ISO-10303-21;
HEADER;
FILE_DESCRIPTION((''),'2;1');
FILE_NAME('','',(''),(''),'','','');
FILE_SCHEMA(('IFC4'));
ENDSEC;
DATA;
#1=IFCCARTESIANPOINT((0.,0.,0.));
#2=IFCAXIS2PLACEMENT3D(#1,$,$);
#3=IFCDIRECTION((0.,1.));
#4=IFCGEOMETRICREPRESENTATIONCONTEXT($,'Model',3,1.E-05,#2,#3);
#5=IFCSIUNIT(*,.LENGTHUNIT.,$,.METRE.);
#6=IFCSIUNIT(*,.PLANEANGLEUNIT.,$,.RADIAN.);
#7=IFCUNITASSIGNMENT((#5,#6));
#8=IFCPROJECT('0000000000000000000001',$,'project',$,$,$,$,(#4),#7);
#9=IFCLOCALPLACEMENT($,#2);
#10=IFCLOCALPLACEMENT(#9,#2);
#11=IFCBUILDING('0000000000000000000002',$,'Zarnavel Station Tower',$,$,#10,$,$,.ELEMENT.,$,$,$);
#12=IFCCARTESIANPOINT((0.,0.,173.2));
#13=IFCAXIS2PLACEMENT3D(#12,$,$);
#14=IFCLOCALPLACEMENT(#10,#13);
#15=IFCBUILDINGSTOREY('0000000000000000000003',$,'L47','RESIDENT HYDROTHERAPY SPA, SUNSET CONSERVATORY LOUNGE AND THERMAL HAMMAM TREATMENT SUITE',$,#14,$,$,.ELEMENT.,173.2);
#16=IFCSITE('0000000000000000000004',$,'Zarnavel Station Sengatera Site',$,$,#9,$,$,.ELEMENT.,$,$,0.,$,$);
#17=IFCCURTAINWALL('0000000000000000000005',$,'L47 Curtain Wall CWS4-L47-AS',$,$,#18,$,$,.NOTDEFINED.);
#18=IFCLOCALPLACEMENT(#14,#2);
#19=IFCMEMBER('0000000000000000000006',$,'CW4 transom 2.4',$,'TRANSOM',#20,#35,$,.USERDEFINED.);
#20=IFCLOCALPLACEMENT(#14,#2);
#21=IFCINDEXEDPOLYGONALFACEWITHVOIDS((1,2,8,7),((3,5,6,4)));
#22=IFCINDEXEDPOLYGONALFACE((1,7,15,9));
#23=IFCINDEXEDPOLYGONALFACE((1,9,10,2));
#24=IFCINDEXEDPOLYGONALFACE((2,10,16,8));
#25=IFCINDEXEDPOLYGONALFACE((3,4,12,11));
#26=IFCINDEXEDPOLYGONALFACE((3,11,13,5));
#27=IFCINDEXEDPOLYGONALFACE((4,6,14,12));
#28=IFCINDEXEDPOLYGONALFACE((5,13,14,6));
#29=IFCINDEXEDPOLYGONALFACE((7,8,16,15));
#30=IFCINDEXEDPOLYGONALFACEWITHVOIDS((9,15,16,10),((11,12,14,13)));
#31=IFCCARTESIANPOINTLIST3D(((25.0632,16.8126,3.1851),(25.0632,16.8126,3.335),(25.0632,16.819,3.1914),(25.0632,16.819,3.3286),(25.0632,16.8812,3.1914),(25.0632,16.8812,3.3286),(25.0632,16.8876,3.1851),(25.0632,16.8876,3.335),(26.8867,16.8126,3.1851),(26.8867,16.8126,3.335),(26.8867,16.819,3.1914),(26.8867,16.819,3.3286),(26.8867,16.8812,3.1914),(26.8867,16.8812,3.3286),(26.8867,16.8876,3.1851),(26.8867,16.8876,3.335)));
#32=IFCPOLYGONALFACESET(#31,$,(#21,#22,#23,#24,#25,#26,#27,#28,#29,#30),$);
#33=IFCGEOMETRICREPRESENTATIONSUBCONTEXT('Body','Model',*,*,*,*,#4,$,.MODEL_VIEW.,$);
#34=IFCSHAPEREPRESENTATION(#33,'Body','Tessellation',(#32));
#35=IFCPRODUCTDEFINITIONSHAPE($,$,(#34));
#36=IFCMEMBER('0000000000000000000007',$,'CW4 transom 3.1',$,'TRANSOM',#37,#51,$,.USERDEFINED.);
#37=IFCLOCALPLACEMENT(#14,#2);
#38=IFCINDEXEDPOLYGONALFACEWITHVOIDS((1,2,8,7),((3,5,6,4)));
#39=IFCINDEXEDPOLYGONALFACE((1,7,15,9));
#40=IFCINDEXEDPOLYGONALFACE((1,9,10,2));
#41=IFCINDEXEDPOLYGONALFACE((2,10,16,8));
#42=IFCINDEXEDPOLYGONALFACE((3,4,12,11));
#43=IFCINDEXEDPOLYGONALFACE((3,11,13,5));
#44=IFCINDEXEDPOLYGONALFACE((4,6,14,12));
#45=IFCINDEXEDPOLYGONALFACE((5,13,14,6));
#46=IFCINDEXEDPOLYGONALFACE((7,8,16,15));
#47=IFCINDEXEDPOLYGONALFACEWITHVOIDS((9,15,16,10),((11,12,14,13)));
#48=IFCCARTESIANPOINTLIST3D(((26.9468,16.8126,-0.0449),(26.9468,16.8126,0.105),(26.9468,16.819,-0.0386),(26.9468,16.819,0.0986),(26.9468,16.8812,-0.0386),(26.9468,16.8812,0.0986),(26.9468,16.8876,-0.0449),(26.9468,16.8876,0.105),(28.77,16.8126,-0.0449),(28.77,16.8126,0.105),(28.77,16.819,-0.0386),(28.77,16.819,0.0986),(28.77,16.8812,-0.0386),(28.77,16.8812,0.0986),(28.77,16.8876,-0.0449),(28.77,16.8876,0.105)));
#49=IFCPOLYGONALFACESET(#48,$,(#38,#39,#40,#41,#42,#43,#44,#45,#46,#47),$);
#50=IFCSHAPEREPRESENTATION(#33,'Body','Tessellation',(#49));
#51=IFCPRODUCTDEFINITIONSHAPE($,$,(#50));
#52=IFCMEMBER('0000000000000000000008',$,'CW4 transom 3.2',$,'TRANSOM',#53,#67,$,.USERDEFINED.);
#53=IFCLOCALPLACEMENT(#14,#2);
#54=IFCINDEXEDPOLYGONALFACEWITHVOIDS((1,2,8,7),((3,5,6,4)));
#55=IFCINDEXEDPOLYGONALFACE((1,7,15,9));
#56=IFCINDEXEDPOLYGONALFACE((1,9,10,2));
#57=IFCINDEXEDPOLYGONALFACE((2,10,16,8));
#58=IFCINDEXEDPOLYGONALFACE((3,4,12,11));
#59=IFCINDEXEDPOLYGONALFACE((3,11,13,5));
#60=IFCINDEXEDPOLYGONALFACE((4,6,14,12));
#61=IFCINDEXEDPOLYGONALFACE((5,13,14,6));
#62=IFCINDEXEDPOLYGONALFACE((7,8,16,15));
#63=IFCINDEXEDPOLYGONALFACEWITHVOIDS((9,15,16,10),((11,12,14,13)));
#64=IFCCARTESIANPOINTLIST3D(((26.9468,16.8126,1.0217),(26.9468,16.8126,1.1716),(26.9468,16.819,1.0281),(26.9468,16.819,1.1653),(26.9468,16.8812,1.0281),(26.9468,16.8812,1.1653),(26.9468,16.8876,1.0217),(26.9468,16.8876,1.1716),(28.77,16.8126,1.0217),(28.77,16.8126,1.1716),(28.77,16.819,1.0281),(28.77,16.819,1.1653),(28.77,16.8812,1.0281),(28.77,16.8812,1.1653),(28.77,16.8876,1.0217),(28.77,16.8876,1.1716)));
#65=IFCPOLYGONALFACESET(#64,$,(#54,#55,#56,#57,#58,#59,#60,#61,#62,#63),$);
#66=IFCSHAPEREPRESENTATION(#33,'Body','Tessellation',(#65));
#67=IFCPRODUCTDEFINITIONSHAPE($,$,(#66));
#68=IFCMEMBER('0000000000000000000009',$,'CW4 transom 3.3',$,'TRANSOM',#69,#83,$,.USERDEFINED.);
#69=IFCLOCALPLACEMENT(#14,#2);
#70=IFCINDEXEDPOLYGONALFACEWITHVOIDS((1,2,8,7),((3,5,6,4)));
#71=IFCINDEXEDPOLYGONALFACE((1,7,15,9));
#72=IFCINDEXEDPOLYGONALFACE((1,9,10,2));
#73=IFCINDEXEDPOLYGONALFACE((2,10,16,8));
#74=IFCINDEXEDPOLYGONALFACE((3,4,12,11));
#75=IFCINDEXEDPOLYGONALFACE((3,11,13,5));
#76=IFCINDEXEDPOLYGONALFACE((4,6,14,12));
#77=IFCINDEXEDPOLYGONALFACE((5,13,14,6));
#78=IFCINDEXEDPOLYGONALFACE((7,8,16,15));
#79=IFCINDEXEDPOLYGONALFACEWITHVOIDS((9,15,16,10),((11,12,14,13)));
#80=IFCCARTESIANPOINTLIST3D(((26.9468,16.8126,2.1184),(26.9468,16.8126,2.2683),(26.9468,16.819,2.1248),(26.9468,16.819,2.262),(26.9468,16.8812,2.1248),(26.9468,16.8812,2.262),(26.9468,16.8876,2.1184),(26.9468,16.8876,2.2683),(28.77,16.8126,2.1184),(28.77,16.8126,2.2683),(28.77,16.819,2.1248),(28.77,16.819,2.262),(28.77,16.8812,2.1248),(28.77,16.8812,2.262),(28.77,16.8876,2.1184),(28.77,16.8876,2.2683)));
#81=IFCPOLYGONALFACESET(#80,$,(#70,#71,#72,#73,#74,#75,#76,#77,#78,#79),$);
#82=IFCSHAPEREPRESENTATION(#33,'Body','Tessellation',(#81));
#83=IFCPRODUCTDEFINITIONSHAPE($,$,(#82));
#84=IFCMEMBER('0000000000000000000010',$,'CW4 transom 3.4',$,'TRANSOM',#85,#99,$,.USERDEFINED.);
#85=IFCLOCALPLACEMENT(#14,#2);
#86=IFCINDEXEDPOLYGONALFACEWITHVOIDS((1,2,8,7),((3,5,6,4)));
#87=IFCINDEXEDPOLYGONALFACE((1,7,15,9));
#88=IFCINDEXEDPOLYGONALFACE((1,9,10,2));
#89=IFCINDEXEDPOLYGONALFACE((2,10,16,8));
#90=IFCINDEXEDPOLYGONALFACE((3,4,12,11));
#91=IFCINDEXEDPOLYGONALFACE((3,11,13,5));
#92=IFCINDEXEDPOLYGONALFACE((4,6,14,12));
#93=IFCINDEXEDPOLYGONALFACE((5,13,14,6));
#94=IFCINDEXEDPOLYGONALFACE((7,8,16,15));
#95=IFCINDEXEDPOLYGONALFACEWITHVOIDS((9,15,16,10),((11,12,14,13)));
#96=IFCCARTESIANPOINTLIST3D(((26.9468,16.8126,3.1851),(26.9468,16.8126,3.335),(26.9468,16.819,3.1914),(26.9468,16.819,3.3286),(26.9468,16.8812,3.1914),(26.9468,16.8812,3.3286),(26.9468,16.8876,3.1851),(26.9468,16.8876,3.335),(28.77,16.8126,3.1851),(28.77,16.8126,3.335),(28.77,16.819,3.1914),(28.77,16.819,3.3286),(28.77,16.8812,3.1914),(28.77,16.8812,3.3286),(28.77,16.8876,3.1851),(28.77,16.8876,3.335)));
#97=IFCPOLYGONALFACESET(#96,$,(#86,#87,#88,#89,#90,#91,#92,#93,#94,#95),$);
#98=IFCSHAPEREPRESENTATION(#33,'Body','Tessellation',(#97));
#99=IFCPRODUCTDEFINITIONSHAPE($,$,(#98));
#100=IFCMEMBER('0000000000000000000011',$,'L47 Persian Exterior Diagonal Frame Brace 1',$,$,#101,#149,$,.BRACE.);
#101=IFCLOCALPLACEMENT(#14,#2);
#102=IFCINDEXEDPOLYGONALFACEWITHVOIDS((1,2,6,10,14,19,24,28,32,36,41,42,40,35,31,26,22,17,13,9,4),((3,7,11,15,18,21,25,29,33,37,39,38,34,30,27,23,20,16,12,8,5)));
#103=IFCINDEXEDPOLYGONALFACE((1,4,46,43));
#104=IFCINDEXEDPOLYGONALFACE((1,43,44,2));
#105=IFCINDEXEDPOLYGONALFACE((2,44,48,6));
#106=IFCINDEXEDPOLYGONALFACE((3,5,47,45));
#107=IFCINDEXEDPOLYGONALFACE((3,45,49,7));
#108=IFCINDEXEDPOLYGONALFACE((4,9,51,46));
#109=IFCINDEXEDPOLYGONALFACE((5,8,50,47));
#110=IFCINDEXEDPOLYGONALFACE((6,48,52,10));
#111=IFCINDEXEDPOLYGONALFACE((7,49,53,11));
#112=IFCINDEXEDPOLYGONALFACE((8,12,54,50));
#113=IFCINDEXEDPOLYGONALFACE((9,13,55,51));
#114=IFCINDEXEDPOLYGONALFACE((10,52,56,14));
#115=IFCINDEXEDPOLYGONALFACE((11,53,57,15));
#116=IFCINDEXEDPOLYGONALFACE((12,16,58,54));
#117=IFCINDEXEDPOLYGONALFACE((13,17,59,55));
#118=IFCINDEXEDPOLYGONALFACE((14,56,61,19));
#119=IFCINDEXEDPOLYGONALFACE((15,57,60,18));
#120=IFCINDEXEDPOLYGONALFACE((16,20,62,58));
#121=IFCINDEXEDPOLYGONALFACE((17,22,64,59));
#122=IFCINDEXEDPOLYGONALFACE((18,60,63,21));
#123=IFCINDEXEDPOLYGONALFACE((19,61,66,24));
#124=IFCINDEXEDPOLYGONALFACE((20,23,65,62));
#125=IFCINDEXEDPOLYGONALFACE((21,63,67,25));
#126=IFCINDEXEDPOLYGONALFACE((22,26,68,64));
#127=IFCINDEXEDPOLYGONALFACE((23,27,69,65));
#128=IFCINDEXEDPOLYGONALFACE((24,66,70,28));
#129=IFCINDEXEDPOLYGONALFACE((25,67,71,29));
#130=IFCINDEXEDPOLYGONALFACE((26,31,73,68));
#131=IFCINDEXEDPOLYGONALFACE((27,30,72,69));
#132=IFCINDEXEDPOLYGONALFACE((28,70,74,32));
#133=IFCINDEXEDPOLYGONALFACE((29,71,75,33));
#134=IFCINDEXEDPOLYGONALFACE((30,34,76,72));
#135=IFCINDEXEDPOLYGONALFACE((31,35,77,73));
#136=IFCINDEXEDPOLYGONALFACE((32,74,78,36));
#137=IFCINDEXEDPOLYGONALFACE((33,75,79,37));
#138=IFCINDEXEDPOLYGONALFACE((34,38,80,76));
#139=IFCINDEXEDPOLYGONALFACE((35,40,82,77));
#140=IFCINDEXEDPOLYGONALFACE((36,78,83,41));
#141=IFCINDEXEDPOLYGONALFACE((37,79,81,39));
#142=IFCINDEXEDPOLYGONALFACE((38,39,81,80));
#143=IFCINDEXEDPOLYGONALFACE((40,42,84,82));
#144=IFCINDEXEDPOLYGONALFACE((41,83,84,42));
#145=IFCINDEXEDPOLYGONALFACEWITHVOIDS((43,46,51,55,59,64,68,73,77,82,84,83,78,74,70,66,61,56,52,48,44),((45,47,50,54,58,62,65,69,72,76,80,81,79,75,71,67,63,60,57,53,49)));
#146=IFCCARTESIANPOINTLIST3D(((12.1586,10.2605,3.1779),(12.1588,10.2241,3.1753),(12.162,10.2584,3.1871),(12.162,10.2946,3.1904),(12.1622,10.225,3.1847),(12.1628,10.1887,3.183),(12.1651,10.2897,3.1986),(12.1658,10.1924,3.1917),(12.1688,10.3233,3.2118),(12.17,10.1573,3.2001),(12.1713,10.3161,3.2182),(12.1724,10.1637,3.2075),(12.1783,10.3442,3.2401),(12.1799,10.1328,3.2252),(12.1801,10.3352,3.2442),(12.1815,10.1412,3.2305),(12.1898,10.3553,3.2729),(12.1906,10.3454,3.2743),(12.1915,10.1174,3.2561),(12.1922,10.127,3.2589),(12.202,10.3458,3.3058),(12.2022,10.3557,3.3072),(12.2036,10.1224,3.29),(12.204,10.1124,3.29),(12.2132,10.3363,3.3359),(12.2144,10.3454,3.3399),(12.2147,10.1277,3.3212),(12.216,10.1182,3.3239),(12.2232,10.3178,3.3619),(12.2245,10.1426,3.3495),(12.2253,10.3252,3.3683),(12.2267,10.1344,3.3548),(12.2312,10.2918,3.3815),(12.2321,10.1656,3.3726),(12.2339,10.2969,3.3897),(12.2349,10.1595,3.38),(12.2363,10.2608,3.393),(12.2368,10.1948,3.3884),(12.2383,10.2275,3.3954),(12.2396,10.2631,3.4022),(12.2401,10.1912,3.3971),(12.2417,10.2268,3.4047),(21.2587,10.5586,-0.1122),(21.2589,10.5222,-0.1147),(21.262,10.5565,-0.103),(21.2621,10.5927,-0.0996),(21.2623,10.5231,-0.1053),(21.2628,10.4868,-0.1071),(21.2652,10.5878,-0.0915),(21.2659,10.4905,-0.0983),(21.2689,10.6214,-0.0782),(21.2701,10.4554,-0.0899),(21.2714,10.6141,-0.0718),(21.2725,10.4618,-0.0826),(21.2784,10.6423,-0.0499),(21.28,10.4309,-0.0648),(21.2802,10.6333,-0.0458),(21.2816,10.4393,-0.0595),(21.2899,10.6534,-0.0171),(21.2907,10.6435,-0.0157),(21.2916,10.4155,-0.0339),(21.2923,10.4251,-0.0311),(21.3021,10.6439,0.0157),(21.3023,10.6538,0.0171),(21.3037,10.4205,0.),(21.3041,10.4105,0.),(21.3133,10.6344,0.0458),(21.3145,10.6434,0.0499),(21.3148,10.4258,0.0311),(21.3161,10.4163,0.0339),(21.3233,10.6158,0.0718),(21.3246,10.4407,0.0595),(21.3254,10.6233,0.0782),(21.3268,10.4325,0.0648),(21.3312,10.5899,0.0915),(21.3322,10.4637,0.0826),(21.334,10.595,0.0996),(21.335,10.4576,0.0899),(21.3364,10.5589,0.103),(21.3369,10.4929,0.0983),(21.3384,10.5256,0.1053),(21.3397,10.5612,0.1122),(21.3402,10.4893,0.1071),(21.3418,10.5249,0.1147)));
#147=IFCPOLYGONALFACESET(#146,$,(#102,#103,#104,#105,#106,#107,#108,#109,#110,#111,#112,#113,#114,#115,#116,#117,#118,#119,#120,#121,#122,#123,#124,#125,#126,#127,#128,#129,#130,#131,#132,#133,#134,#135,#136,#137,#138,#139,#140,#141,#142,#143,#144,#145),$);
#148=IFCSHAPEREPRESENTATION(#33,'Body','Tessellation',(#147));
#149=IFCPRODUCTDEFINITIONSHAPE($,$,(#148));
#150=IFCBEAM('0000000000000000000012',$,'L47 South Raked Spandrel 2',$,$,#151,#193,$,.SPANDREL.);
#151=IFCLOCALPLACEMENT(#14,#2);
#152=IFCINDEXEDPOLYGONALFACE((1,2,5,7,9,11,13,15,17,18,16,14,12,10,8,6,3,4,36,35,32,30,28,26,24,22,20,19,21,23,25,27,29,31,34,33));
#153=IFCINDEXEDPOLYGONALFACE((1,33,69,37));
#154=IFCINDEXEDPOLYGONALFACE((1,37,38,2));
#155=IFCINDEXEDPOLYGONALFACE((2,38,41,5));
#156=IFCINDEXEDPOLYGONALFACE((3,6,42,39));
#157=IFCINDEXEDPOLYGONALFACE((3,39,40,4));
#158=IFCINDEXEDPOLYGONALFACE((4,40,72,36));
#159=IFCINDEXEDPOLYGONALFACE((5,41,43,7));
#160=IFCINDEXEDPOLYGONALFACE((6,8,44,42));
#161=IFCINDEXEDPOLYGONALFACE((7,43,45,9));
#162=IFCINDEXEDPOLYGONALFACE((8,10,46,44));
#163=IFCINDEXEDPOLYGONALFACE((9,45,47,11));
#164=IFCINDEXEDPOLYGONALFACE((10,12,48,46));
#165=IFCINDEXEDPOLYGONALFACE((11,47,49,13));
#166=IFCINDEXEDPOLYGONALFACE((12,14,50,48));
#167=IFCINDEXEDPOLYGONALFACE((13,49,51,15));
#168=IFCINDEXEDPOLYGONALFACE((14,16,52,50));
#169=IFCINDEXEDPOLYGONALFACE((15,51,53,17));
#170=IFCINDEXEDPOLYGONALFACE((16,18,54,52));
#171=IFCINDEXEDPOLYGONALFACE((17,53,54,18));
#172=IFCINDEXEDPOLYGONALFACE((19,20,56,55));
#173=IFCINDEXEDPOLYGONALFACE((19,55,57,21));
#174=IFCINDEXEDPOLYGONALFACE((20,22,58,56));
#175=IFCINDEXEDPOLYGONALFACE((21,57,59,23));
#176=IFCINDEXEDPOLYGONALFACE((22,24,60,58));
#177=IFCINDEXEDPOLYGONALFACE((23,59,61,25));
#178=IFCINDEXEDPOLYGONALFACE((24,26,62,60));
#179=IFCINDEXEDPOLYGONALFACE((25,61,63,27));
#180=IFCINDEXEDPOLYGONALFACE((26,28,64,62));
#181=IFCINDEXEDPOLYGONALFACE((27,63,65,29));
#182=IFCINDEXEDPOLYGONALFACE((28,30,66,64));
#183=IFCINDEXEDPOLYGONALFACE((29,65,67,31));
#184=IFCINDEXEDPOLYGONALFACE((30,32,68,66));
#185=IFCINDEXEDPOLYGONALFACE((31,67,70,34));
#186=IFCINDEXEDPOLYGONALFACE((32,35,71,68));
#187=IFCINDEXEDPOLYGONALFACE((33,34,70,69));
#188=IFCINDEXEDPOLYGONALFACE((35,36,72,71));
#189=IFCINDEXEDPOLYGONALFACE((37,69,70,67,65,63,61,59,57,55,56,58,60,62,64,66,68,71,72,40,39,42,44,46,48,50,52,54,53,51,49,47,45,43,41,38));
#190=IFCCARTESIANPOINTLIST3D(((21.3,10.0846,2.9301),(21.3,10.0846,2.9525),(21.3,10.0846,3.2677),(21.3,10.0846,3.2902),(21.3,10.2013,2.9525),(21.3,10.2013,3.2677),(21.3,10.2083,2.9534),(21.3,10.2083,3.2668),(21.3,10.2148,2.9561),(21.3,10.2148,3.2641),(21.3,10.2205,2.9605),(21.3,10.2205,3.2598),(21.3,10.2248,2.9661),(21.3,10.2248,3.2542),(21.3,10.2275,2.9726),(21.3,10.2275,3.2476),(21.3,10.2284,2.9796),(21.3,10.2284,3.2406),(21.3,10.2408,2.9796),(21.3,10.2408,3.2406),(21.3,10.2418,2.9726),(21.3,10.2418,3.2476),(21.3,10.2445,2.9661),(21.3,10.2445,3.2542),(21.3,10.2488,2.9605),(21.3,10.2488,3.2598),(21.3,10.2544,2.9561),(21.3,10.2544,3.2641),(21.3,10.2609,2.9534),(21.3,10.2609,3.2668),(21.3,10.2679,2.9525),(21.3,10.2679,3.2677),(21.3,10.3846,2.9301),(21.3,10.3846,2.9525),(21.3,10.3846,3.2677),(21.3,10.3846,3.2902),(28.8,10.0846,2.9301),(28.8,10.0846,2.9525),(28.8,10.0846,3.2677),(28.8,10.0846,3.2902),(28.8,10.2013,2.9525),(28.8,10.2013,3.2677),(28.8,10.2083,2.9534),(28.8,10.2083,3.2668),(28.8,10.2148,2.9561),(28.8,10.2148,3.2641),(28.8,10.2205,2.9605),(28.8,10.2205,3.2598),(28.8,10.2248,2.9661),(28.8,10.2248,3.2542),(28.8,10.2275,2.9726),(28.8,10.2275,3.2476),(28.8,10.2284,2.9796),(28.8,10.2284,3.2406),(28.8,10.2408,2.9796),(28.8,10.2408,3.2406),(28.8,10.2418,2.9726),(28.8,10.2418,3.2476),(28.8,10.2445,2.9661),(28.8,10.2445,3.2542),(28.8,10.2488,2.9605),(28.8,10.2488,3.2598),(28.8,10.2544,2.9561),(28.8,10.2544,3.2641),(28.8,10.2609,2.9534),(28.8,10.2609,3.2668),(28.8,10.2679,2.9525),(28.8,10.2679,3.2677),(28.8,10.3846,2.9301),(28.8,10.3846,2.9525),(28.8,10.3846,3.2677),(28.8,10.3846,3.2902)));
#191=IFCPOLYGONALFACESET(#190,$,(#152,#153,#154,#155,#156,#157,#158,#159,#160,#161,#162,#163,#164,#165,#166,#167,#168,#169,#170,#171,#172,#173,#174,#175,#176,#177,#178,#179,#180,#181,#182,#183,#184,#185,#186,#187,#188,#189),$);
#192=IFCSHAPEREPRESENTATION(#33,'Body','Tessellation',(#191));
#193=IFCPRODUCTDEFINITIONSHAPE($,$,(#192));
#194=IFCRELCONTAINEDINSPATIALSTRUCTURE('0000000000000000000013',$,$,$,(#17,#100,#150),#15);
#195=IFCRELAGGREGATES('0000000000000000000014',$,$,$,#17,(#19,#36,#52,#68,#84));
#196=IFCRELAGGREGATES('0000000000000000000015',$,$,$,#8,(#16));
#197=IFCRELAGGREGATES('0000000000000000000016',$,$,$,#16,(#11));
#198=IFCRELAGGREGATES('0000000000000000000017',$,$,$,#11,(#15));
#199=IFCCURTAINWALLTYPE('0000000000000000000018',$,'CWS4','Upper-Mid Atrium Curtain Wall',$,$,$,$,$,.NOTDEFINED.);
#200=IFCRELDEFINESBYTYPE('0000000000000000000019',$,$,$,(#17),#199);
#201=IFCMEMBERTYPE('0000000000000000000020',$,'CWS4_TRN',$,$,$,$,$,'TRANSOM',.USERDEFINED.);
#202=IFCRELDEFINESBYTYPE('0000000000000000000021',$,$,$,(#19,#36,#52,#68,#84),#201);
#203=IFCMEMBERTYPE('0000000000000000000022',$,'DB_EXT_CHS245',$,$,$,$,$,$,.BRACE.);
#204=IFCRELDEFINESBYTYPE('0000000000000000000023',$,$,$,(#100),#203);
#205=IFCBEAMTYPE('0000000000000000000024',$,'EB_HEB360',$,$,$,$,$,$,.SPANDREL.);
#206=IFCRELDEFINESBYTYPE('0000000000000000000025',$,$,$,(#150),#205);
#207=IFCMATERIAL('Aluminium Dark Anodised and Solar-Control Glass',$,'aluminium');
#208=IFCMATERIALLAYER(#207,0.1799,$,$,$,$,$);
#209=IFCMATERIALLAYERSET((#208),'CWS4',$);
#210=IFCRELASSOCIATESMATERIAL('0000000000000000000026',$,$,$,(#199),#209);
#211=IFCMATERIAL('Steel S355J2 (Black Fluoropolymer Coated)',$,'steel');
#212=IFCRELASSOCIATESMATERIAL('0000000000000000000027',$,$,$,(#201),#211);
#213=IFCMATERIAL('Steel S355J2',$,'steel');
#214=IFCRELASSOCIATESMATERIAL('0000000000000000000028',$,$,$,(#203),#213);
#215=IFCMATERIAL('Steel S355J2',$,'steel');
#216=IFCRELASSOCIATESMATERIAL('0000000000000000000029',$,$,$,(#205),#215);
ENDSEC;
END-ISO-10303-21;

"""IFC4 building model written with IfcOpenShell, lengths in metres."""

from ifc_helpers import new_model, si_unit, direction, frame, origin, origin_2d, place, context, subcontext, project, spatial, hollow_rectangle, hollow_circle, i_section, extrude, material, layer, layer_set, material_profile, profile_set, type_object, element, aggregate, save


model = new_model("IFC4")

# Units and contexts
model_context = context("Model", 3, precision=1e-05, world=origin(), true_north=direction((0.0, 1.0)))
body_context = subcontext(model_context, "Body", "Model", "MODEL_VIEW")
ifc_project = project(units=[si_unit("LENGTHUNIT", "METRE"), si_unit("PLANEANGLEUNIT", "RADIAN")], contexts=[model_context])

# Site, building, storey
site_placement = place(None, origin())
site = spatial("IfcSite", under=ifc_project, at=site_placement, Name="Zarnavel Station Sengatera Site", CompositionType="ELEMENT", RefElevation=0.0)
building_placement = place(site_placement, origin())
building = spatial("IfcBuilding", under=site, at=building_placement, Name="Zarnavel Station Tower", CompositionType="ELEMENT")
storey_placement = place(building_placement, frame((0.0, 0.0, 173.2)))
storey = spatial("IfcBuildingStorey", under=building, at=storey_placement, Name="L47", Description="RESIDENT HYDROTHERAPY SPA, SUNSET CONSERVATORY LOUNGE AND THERMAL HAMMAM TREATMENT SUITE", CompositionType="ELEMENT", Elevation=173.2)

# Curtain wall, members
ifc_material_1 = material(Name="Aluminium Dark Anodised and Solar-Control Glass", Category="aluminium")
ifc_layer_1 = layer(ifc_material_1, 0.1799)
ifc_layer_set_1 = layer_set([ifc_layer_1], Name="CWS4")
curtain_wall_type = type_object("IfcCurtainWallType", Name="CWS4", Description="Upper-Mid Atrium Curtain Wall", PredefinedType="NOTDEFINED", material=ifc_layer_set_1)
curtain_wall_placement = place(storey_placement, origin())
curtain_wall = element("IfcCurtainWall", 1, at=curtain_wall_placement, inside=storey, type_object=curtain_wall_type, Name="L47 Curtain Wall CWS4-L47-AS", PredefinedType="NOTDEFINED")
ifc_material_2 = material(Name="Steel S355J2 (Black Fluoropolymer Coated)", Category="steel")
ifc_material_profile_1 = material_profile(ifc_material_2, hollow_rectangle(XDim=0.075, YDim=0.1499, WallThickness=0.0063, at=origin_2d()), Name="RHS150x75x6.3")
ifc_profile_set_1 = profile_set([ifc_material_profile_1], Name="Steel S355J2 (Black Fluoropolymer Coated)")
member_type_1 = type_object("IfcMemberType", Name="CWS4_TRN", ElementType="TRANSOM", PredefinedType="USERDEFINED", material=ifc_profile_set_1)
member_1_placement = place(storey_placement, frame((25.0632, 16.8501, 3.26), z_axis=(1.0, 0.0, 0.0), x_axis=(0.0, 1.0, 0.0)))
member_1 = element("IfcMember", 2, at=member_1_placement, type_object=member_type_1, Name="CW4 transom 2.4", ObjectType="TRANSOM", PredefinedType="USERDEFINED", context=body_context, shape_type="SweptSolid", body=[
    extrude(hollow_rectangle(XDim=0.075, YDim=0.1499, WallThickness=0.0063, at=origin_2d()), origin(), (0.0, 0.0, 1.0), 1.8235),
])
member_2_placement = place(storey_placement, frame((26.9468, 16.8501, 0.03), z_axis=(1.0, 0.0, 0.0), x_axis=(0.0, 1.0, 0.0)))
member_2 = element("IfcMember", 3, at=member_2_placement, type_object=member_type_1, Name="CW4 transom 3.1", ObjectType="TRANSOM", PredefinedType="USERDEFINED", context=body_context, shape_type="SweptSolid", body=[
    extrude(hollow_rectangle(XDim=0.075, YDim=0.1499, WallThickness=0.0063, at=origin_2d()), origin(), (0.0, 0.0, 1.0), 1.8232),
])
member_3_placement = place(storey_placement, frame((26.9468, 16.8501, 1.0967), z_axis=(1.0, 0.0, 0.0), x_axis=(0.0, 1.0, 0.0)))
member_3 = element("IfcMember", 4, at=member_3_placement, type_object=member_type_1, Name="CW4 transom 3.2", ObjectType="TRANSOM", PredefinedType="USERDEFINED", context=body_context, shape_type="SweptSolid", body=[
    extrude(hollow_rectangle(XDim=0.075, YDim=0.1499, WallThickness=0.0063, at=origin_2d()), origin(), (0.0, 0.0, 1.0), 1.8232),
])
member_4_placement = place(storey_placement, frame((26.9468, 16.8501, 2.1934), z_axis=(1.0, 0.0, 0.0), x_axis=(0.0, 1.0, 0.0)))
member_4 = element("IfcMember", 5, at=member_4_placement, type_object=member_type_1, Name="CW4 transom 3.3", ObjectType="TRANSOM", PredefinedType="USERDEFINED", context=body_context, shape_type="SweptSolid", body=[
    extrude(hollow_rectangle(XDim=0.075, YDim=0.1499, WallThickness=0.0063, at=origin_2d()), origin(), (0.0, 0.0, 1.0), 1.8232),
])
member_5_placement = place(storey_placement, frame((26.9468, 16.8501, 3.26), z_axis=(1.0, 0.0, 0.0), x_axis=(0.0, 1.0, 0.0)))
member_5 = element("IfcMember", 6, at=member_5_placement, type_object=member_type_1, Name="CW4 transom 3.4", ObjectType="TRANSOM", PredefinedType="USERDEFINED", context=body_context, shape_type="SweptSolid", body=[
    extrude(hollow_rectangle(XDim=0.075, YDim=0.1499, WallThickness=0.0063, at=origin_2d()), origin(), (0.0, 0.0, 1.0), 1.8232),
])

# Member
ifc_material_3 = material(Name="Steel S355J2", Category="steel")
ifc_material_profile_2 = material_profile(ifc_material_3, hollow_circle(Radius=0.1223, WallThickness=0.01, at=origin_2d()), Name="CHS244.5x10")
ifc_profile_set_2 = profile_set([ifc_material_profile_2], Name="Steel S355J2")
member_type_2 = type_object("IfcMemberType", Name="DB_EXT_CHS245", PredefinedType="BRACE", material=ifc_profile_set_2)
member_6_placement = place(storey_placement, frame((21.3, 10.5327, 0.0), z_axis=(-0.939979, -0.030791, 0.339839), x_axis=(0.03274, -0.999464, 0.0)))
element("IfcMember", 7, at=member_6_placement, inside=storey, type_object=member_type_2, Name="L47 Persian Exterior Diagonal Frame Brace 1", PredefinedType="BRACE", context=body_context, shape_type="SweptSolid", body=[
    extrude(hollow_circle(Radius=0.1223, WallThickness=0.01, at=origin_2d()), origin(), (0.0, 0.0, 1.0), 9.6812),
])

# Beam
ifc_material_4 = material(Name="Steel S355J2", Category="steel")
ifc_material_profile_3 = material_profile(ifc_material_4, i_section(OverallWidth=0.3, OverallDepth=0.3601, WebThickness=0.0125, FlangeThickness=0.0225, FilletRadius=0.0271, at=origin_2d()), Name="HEB360")
ifc_profile_set_3 = profile_set([ifc_material_profile_3], Name="Steel S355J2")
beam_type_1 = type_object("IfcBeamType", Name="EB_HEB360", PredefinedType="SPANDREL", material=ifc_profile_set_3)
beam_1_placement = place(storey_placement, frame((21.3, 10.2346, 3.1101), z_axis=(1.0, 0.0, 0.0), x_axis=(0.0, 1.0, 0.0)))
element("IfcBeam", 8, at=beam_1_placement, inside=storey, type_object=beam_type_1, Name="L47 South Raked Spandrel 2", PredefinedType="SPANDREL", context=body_context, shape_type="SweptSolid", body=[
    extrude(i_section(OverallWidth=0.3, OverallDepth=0.3601, WebThickness=0.0125, FlangeThickness=0.0225, FilletRadius=0.0271, at=origin_2d()), origin(), (0.0, 0.0, 1.0), 7.5),
])

aggregate(curtain_wall, [member_1, member_2, member_3, member_4, member_5])

save(model, "model.ifc")
